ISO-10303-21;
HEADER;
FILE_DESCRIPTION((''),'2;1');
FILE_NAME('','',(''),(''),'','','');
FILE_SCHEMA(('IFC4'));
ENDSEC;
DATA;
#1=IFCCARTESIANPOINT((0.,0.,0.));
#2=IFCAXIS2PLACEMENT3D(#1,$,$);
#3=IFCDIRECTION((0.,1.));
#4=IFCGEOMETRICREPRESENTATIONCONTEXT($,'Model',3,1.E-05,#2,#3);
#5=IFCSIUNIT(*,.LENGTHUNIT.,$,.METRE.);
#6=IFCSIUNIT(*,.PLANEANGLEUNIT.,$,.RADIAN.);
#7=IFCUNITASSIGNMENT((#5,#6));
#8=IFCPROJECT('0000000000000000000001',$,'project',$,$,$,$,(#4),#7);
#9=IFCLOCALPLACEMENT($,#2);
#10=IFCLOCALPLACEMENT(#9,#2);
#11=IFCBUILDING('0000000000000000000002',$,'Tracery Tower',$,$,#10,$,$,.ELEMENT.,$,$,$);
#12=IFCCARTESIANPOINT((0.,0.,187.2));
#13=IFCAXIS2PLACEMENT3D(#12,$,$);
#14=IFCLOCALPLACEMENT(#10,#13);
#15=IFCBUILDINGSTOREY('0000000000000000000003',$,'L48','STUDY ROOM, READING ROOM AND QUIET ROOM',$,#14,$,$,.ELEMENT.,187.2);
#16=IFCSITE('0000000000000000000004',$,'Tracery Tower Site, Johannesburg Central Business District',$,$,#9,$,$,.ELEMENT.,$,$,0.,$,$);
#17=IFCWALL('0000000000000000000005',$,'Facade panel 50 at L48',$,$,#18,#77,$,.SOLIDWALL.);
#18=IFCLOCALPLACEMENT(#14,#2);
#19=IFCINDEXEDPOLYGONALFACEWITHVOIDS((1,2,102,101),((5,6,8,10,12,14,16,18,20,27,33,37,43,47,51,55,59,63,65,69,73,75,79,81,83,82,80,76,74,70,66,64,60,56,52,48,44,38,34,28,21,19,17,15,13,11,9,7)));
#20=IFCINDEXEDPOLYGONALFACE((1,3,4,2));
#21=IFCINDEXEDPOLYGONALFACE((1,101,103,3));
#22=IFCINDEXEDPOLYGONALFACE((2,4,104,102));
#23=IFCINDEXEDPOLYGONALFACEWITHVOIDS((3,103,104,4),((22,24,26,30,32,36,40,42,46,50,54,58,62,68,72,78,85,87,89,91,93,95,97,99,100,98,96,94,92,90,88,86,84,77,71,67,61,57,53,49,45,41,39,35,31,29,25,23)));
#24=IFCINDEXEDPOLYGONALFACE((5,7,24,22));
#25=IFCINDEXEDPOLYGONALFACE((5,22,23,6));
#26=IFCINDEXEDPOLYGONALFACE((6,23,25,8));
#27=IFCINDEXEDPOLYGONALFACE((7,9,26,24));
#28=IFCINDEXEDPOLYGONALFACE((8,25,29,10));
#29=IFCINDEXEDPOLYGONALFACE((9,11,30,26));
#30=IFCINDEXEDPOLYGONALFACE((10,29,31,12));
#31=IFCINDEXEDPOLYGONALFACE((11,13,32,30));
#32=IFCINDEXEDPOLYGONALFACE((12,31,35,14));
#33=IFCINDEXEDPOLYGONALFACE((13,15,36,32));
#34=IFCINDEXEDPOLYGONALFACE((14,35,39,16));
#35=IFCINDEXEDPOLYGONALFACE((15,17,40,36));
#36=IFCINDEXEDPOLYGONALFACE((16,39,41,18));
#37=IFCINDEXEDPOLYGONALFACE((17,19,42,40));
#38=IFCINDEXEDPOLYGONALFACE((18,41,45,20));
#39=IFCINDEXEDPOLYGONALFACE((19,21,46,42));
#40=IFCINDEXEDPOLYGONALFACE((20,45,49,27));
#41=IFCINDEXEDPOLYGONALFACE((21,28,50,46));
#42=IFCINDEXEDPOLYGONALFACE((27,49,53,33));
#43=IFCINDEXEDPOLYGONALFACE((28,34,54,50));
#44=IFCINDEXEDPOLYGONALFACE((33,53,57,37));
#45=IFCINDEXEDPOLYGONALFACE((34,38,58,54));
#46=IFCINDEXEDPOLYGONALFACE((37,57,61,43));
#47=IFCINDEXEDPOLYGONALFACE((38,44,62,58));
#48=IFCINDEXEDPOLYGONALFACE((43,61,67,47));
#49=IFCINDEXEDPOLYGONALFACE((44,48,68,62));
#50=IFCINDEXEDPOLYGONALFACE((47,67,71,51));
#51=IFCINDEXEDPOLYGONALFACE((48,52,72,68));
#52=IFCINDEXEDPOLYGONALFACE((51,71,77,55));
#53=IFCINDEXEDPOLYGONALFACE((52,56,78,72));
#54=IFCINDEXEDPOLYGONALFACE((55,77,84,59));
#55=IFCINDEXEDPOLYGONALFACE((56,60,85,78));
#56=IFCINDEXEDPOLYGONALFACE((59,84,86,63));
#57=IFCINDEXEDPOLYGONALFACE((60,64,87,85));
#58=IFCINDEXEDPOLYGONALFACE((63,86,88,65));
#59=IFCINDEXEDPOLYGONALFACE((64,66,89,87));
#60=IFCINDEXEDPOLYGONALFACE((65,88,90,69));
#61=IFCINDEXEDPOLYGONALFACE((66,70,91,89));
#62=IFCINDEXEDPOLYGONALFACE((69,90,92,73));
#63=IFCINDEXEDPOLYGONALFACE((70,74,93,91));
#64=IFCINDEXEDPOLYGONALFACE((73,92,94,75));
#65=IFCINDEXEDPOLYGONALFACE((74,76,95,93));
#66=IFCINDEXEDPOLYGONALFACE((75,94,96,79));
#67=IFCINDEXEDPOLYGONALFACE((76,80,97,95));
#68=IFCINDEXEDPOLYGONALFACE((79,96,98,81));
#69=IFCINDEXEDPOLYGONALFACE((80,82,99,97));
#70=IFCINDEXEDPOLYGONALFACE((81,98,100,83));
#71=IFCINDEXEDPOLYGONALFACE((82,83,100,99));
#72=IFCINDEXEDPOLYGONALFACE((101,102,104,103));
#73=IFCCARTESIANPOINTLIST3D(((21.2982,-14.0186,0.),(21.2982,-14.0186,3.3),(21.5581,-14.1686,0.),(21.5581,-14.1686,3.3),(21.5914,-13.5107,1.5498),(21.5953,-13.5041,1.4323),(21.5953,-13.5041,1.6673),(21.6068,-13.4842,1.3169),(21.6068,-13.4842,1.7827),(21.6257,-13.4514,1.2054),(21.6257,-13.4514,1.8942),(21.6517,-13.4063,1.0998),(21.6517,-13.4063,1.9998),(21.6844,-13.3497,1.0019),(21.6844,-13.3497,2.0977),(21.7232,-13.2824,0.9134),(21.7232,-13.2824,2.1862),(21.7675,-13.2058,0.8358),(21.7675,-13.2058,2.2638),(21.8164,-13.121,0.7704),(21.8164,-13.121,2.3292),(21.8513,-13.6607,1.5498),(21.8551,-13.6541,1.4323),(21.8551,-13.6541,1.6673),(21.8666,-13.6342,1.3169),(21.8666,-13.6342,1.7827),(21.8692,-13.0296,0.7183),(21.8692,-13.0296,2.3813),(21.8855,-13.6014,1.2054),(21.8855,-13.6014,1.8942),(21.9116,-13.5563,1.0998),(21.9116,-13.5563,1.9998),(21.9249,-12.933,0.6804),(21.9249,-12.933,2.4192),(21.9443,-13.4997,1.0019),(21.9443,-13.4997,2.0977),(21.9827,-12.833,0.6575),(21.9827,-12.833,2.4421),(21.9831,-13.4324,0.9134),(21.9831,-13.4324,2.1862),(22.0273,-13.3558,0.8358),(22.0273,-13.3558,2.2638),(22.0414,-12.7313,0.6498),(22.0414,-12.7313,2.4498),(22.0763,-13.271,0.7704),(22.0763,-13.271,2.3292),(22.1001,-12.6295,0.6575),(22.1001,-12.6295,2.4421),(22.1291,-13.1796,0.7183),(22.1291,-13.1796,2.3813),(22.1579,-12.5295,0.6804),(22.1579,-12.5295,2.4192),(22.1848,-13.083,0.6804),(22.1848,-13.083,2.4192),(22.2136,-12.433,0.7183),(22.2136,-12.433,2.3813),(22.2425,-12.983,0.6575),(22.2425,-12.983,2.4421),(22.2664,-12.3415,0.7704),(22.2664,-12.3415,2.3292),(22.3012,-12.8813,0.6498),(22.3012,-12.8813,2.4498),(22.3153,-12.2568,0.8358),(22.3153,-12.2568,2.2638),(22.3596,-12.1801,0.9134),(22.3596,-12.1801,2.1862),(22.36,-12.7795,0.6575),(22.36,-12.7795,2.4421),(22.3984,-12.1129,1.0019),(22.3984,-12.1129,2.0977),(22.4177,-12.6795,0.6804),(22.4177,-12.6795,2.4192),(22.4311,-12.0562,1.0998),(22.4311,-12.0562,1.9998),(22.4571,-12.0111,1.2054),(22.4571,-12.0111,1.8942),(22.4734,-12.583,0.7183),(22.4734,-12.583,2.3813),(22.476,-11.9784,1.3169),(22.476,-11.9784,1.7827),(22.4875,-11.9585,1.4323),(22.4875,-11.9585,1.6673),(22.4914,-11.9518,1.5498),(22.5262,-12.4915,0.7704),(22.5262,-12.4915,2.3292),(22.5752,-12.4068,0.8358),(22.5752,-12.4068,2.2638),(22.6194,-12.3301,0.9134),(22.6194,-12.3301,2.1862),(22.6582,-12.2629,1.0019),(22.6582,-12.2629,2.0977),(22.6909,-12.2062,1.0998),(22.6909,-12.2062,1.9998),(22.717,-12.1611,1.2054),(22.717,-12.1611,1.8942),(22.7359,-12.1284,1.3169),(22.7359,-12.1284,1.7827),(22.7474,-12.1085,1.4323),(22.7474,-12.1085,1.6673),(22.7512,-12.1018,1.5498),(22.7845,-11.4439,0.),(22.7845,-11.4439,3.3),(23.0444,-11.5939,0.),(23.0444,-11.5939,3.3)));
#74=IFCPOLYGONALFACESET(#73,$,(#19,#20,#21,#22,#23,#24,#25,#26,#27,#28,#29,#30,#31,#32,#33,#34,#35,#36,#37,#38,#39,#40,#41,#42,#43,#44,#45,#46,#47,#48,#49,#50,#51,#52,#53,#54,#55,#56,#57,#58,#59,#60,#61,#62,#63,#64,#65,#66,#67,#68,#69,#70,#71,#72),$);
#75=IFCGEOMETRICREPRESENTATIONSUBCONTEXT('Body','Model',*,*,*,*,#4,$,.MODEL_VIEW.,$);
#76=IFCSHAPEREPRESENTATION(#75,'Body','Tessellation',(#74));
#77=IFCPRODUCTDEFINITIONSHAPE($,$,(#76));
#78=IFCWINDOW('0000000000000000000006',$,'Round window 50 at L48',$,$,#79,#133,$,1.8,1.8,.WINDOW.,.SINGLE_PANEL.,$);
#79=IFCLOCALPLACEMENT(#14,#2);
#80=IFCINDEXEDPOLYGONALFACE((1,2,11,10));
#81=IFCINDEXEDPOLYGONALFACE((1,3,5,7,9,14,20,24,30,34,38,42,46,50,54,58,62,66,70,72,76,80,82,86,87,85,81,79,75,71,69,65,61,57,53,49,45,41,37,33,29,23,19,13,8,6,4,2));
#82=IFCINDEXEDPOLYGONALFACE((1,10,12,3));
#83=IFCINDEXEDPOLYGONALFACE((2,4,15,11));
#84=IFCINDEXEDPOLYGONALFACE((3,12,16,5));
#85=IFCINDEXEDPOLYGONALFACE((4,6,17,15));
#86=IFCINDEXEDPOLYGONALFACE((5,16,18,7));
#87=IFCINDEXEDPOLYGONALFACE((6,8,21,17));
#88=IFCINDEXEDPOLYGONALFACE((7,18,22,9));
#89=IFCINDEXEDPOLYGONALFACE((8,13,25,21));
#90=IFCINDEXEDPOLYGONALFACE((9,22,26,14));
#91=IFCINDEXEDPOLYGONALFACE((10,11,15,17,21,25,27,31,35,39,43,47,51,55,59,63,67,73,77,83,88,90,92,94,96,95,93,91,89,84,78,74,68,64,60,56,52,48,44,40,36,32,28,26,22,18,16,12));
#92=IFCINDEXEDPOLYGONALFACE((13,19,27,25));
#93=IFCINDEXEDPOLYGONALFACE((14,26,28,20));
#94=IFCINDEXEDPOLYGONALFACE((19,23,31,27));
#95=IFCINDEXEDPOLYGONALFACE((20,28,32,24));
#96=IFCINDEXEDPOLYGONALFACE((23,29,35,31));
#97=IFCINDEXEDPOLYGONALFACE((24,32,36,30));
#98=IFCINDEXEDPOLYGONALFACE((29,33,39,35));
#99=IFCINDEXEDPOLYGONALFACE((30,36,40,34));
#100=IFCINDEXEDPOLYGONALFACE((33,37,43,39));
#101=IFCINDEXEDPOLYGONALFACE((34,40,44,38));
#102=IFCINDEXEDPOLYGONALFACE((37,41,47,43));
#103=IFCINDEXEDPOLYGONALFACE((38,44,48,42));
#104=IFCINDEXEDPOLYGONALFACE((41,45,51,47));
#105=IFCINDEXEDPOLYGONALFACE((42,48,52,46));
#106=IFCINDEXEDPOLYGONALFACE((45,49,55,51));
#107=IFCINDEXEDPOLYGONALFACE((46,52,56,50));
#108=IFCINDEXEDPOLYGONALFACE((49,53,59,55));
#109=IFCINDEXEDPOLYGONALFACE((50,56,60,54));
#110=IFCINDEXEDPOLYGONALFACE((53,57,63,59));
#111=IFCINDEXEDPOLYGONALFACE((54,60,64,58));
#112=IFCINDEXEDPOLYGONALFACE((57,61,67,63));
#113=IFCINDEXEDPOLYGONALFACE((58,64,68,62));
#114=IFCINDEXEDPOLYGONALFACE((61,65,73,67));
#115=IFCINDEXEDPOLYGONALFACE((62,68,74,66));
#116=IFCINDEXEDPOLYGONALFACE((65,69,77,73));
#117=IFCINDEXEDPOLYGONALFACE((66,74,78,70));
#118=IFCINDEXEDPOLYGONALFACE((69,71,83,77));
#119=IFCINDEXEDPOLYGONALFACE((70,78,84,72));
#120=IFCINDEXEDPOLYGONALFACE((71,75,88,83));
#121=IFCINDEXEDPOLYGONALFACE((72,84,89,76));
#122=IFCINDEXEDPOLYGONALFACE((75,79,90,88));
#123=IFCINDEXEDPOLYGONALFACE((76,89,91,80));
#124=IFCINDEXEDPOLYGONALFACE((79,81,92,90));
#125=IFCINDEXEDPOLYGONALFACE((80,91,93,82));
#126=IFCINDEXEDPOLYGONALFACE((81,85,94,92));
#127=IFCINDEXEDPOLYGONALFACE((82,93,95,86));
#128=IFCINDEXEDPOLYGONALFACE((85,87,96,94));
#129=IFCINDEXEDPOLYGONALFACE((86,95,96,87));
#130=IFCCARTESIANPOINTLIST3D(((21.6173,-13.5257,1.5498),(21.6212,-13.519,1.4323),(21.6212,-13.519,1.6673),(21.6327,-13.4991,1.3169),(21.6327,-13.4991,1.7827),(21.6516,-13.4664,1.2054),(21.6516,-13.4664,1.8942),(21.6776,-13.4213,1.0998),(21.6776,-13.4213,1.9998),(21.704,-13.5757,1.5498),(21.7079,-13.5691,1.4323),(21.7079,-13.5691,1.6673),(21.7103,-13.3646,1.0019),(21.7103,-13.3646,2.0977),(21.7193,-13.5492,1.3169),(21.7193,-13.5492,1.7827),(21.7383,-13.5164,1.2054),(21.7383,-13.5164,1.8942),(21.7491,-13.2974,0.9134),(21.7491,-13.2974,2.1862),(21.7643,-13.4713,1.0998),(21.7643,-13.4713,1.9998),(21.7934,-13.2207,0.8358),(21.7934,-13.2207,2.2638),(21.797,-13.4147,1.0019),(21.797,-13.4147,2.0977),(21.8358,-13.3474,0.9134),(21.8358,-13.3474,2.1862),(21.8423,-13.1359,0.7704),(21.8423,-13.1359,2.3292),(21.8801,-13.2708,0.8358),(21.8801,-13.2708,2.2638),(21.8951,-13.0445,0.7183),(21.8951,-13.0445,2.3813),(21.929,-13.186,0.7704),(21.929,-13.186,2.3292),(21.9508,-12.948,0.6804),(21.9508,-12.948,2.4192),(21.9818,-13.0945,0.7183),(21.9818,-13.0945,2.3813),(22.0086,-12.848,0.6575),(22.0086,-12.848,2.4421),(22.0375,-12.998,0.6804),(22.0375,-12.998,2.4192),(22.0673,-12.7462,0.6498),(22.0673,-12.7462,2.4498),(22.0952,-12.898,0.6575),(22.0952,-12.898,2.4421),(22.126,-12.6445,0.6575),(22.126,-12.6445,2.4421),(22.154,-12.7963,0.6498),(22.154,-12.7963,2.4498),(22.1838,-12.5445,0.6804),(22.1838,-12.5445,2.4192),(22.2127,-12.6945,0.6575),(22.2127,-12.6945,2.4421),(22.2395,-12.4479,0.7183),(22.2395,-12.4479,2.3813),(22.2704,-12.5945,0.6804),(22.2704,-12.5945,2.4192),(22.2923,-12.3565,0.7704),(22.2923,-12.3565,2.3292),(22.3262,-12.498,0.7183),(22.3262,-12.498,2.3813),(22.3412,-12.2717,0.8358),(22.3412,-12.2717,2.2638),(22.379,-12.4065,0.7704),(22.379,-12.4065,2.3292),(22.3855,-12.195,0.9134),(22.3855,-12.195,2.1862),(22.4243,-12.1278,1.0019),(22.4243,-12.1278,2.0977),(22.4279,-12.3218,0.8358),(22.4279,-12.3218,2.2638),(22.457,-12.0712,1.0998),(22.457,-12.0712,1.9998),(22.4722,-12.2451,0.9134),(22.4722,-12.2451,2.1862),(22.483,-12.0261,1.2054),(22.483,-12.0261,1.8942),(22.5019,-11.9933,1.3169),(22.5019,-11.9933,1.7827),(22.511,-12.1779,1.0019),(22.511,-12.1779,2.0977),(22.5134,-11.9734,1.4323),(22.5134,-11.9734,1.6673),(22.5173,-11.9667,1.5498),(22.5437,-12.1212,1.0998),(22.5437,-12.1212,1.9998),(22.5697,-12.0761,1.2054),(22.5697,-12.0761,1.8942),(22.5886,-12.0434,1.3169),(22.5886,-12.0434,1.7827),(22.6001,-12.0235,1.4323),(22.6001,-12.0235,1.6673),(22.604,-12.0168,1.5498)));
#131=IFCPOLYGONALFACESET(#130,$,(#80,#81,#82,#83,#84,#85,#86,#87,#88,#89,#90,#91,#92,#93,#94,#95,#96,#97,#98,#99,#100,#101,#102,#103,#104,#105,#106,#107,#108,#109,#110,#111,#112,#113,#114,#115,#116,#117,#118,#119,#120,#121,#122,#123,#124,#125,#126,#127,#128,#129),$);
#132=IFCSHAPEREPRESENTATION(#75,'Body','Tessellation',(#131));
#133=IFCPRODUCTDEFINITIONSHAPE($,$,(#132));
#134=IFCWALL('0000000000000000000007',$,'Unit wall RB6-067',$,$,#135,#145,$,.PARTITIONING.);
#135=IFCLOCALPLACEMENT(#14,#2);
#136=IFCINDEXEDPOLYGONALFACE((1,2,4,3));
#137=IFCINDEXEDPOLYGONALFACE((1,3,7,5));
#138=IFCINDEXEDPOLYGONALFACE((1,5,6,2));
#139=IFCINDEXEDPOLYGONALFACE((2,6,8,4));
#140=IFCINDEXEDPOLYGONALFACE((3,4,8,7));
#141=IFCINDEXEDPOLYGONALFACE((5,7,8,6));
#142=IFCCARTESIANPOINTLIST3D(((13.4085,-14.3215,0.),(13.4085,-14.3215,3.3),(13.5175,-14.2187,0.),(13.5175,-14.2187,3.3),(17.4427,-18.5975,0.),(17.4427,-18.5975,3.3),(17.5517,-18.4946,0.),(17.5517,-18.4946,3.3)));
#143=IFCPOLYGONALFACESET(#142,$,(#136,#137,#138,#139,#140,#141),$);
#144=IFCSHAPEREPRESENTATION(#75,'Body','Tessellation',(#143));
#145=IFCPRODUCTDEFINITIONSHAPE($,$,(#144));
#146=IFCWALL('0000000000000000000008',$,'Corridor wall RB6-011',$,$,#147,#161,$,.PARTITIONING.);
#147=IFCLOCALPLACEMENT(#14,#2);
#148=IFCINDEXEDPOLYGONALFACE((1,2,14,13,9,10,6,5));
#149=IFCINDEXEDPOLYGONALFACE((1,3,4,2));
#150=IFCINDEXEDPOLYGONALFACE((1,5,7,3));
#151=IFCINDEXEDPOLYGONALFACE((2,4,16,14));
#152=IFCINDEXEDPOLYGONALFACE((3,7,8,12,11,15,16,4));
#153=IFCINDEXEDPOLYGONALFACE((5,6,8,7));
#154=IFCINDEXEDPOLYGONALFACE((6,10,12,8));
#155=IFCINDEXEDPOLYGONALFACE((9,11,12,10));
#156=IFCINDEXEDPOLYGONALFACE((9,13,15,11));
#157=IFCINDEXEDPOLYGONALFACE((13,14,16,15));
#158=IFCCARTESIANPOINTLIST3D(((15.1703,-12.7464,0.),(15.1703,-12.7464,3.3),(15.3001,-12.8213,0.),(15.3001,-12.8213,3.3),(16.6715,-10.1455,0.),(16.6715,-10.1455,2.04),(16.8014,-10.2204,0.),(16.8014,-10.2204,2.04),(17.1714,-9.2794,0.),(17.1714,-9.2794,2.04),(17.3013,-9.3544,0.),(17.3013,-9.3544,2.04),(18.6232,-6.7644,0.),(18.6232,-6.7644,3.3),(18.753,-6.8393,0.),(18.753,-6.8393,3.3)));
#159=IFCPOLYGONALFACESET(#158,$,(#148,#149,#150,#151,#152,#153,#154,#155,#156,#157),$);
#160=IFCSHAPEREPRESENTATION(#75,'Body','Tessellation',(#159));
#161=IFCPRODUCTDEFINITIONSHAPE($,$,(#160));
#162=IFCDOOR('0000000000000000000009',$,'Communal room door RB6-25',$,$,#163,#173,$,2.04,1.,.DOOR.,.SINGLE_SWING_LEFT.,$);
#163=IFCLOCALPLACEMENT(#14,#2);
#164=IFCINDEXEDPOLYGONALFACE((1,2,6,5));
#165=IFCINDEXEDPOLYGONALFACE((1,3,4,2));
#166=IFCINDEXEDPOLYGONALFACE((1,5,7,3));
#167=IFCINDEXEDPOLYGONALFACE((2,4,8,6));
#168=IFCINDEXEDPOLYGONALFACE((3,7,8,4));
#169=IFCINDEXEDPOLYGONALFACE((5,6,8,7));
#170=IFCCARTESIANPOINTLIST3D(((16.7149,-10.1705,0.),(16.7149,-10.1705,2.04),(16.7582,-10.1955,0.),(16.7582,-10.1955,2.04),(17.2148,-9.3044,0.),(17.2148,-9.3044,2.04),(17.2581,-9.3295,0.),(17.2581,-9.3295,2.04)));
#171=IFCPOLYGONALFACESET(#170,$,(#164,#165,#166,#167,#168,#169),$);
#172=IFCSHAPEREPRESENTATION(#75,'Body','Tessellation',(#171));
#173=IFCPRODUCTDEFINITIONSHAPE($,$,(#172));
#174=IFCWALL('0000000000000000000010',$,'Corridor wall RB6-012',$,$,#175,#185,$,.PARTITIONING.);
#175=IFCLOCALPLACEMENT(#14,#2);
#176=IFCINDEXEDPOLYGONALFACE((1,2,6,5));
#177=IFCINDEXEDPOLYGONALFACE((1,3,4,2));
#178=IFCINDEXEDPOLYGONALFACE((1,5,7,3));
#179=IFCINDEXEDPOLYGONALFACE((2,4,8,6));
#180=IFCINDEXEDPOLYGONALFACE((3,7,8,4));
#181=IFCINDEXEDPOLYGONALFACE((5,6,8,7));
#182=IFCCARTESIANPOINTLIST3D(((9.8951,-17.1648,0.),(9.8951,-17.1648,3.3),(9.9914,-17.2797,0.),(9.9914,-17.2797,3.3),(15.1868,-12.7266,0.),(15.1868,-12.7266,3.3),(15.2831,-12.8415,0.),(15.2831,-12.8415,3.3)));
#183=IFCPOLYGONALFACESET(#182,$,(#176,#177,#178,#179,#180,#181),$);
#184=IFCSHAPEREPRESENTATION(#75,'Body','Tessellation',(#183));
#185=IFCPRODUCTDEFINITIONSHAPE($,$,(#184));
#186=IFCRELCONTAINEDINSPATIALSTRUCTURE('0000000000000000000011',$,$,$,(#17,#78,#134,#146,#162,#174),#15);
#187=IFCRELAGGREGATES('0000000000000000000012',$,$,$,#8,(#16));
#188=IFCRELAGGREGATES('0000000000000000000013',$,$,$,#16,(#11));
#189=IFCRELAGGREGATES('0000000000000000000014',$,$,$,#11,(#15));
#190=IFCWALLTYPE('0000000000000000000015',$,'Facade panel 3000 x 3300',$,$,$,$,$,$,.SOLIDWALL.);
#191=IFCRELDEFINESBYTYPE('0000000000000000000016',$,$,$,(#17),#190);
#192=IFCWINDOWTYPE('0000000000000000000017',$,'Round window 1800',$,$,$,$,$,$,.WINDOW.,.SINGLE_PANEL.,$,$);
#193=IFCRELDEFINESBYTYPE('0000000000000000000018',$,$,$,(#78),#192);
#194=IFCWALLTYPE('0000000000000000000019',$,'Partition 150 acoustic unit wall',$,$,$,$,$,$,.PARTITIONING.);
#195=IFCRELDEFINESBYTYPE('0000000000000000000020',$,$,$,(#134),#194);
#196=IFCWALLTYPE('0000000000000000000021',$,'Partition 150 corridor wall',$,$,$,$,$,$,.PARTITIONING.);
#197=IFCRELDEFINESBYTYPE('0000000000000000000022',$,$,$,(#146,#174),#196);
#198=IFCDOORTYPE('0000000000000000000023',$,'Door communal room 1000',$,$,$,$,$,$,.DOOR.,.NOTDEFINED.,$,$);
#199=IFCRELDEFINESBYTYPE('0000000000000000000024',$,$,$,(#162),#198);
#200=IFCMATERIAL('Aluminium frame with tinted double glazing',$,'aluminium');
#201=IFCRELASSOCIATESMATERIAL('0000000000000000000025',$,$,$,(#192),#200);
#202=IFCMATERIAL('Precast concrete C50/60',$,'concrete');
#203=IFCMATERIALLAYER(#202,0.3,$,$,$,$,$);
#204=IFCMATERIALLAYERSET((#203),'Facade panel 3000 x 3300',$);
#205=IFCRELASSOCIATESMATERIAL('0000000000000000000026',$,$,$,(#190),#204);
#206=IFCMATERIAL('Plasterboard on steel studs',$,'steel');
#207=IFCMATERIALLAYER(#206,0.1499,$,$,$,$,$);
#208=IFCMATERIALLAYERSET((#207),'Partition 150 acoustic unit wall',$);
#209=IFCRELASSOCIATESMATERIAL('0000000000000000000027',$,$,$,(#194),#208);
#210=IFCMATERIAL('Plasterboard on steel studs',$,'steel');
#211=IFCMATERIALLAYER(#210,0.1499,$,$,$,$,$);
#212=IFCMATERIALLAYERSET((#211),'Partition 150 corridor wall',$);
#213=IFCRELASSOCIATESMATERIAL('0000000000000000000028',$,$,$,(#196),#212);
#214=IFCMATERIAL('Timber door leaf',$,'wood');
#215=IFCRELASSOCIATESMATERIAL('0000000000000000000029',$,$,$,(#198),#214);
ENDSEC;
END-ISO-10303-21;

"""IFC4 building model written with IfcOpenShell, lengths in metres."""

from ifc_helpers import new_model, si_unit, direction, frame, frame_2d, origin, origin_2d, place, context, subcontext, project, spatial, rectangle, circle, extrude, material, layer, layer_set, type_object, element, fill, save


model = new_model("IFC4")

# Units and contexts
model_context = context("Model", 3, precision=1e-05, world=origin(), true_north=direction((0.0, 1.0)))
body_context = subcontext(model_context, "Body", "Model", "MODEL_VIEW")
ifc_project = project(units=[si_unit("LENGTHUNIT", "METRE"), si_unit("PLANEANGLEUNIT", "RADIAN")], contexts=[model_context])

# Site, building, storey
site_placement = place(None, origin())
site = spatial("IfcSite", under=ifc_project, at=site_placement, Name="Tracery Tower Site, Johannesburg Central Business District", CompositionType="ELEMENT", RefElevation=0.0)
building_placement = place(site_placement, origin())
building = spatial("IfcBuilding", under=site, at=building_placement, Name="Tracery Tower", CompositionType="ELEMENT")
storey_placement = place(building_placement, frame((0.0, 0.0, 187.2)))
storey = spatial("IfcBuildingStorey", under=building, at=storey_placement, Name="L48", Description="STUDY ROOM, READING ROOM AND QUIET ROOM", CompositionType="ELEMENT", Elevation=187.2)

# Wall, opening, window
ifc_material_1 = material(Name="Aluminium frame with tinted double glazing", Category="aluminium")
window_type = type_object("IfcWindowType", Name="Round window 1800", PartitioningType="SINGLE_PANEL", PredefinedType="WINDOW", material=ifc_material_1)
ifc_material_2 = material(Name="Precast concrete C50/60", Category="concrete")
ifc_layer_1 = layer(ifc_material_2, 0.3)
ifc_layer_set_1 = layer_set([ifc_layer_1], Name="Facade panel 3000 x 3300")
wall_type_1 = type_object("IfcWallType", Name="Facade panel 3000 x 3300", PredefinedType="SOLIDWALL", material=ifc_layer_set_1)
wall_1_placement = place(storey_placement, frame((21.4282, -14.0935, 0.0), z_axis=(0.0, 0.0, 1.0), x_axis=(0.499955, 0.866052, 0.0)))
wall_1 = element("IfcWall", 1, at=wall_1_placement, inside=storey, type_object=wall_type_1, Name="Facade panel 50 at L48", PredefinedType="SOLIDWALL", context=body_context, shape_type="SweptSolid", body=[
    extrude(rectangle(XDim=2.9729, YDim=0.3, at=frame_2d((1.4863, 0.0))), origin(), (0.0, 0.0, 1.0), 3.3),
])
opening_1_placement = place(wall_1_placement, frame((1.4863, 0.0, 1.5498)))
opening_1 = element("IfcOpeningElement", 2, at=opening_1_placement, cuts=wall_1, PredefinedType="OPENING", context=body_context, shape_type="SweptSolid", body=[
    extrude(circle(Radius=0.9, at=origin_2d()), frame((0.0, 0.1599, 0.0), z_axis=(0.0, -1.0, 0.0), x_axis=(1.0, 0.0, 0.0)), (0.0, 0.0, 1.0), 0.3201),
])
window_1_placement = place(opening_1_placement, origin())
window_1 = element("IfcWindow", 3, at=window_1_placement, inside=storey, type_object=window_type, Name="Round window 50 at L48", OverallHeight=1.8, OverallWidth=1.8, PartitioningType="SINGLE_PANEL", PredefinedType="WINDOW", context=body_context, shape_type="SweptSolid", body=[
    extrude(circle(Radius=0.9, at=origin_2d()), frame((0.0, 0.1201, 0.0), z_axis=(0.0, -1.0, 0.0), x_axis=(1.0, 0.0, 0.0)), (0.0, 0.0, 1.0), 0.1001),
])
fill(opening_1, window_1)

# Wall
ifc_material_3 = material(Name="Plasterboard on steel studs", Category="steel")
ifc_layer_2 = layer(ifc_material_3, 0.1499)
ifc_layer_set_2 = layer_set([ifc_layer_2], Name="Partition 150 acoustic unit wall")
wall_type_2 = type_object("IfcWallType", Name="Partition 150 acoustic unit wall", PredefinedType="PARTITIONING", material=ifc_layer_set_2)
wall_2_placement = place(storey_placement, frame((13.4629, -14.27, 0.0), z_axis=(0.0, 0.0, 1.0), x_axis=(0.68625, -0.727365, 0.0)))
element("IfcWall", 4, at=wall_2_placement, inside=storey, type_object=wall_type_2, Name="Unit wall RB6-067", PredefinedType="PARTITIONING", context=body_context, shape_type="SweptSolid", body=[
    extrude(rectangle(XDim=5.8787, YDim=0.1499, at=frame_2d((2.9395, 0.0))), origin(), (0.0, 0.0, 1.0), 3.3),
])

# Wall, opening, door
ifc_material_4 = material(Name="Plasterboard on steel studs", Category="steel")
ifc_layer_3 = layer(ifc_material_4, 0.1499)
ifc_layer_set_3 = layer_set([ifc_layer_3], Name="Partition 150 corridor wall")
wall_type_3 = type_object("IfcWallType", Name="Partition 150 corridor wall", PredefinedType="PARTITIONING", material=ifc_layer_set_3)
wall_3_placement = place(storey_placement, frame((15.2351, -12.7839, 0.0), z_axis=(0.0, 0.0, 1.0), x_axis=(0.499914, 0.866075, 0.0)))
wall_3 = element("IfcWall", 5, at=wall_3_placement, inside=storey, type_object=wall_type_3, Name="Corridor wall RB6-011", PredefinedType="PARTITIONING", context=body_context, shape_type="SweptSolid", body=[
    extrude(rectangle(XDim=6.907, YDim=0.1499, at=frame_2d((3.4536, 0.0))), origin(), (0.0, 0.0, 1.0), 3.3),
])
opening_2_placement = place(wall_3_placement, frame((3.0032, 0.0, 0.0)))
opening_2 = element("IfcOpeningElement", 6, at=opening_2_placement, cuts=wall_3, PredefinedType="OPENING", context=body_context, shape_type="SweptSolid", body=[
    extrude(rectangle(XDim=1.0, YDim=2.04, at=frame_2d((0.5, 1.02))), frame((0.0, 0.075, 0.0), z_axis=(0.0, -1.0, 0.0), x_axis=(1.0, 0.0, 0.0)), (0.0, 0.0, 1.0), 0.1499),
])
ifc_material_5 = material(Name="Timber door leaf", Category="wood")
door_type = type_object("IfcDoorType", Name="Door communal room 1000", OperationType="NOTDEFINED", PredefinedType="DOOR", material=ifc_material_5)
door_placement = place(opening_2_placement, origin())
door = element("IfcDoor", 7, at=door_placement, inside=storey, type_object=door_type, Name="Communal room door RB6-25", OperationType="SINGLE_SWING_LEFT", OverallHeight=2.04, OverallWidth=1.0, PredefinedType="DOOR", context=body_context, shape_type="SweptSolid", body=[
    extrude(rectangle(XDim=1.0, YDim=2.04, at=frame_2d((0.5, 1.02))), frame((0.0, 0.0249, 0.0), z_axis=(0.0, -1.0, 0.0), x_axis=(1.0, 0.0, 0.0)), (0.0, 0.0, 1.0), 0.05),
])
fill(opening_2, door)

# Wall
wall_4_placement = place(storey_placement, frame((9.9434, -17.2222, 0.0), z_axis=(0.0, 0.0, 1.0), x_axis=(0.766192, 0.642612, 0.0)))
element("IfcWall", 8, at=wall_4_placement, inside=storey, type_object=wall_type_3, Name="Corridor wall RB6-012", PredefinedType="PARTITIONING", context=body_context, shape_type="SweptSolid", body=[
    extrude(rectangle(XDim=6.9065, YDim=0.1499, at=frame_2d((3.4531, 0.0))), origin(), (0.0, 0.0, 1.0), 3.3),
])

save(model, "model.ifc")
